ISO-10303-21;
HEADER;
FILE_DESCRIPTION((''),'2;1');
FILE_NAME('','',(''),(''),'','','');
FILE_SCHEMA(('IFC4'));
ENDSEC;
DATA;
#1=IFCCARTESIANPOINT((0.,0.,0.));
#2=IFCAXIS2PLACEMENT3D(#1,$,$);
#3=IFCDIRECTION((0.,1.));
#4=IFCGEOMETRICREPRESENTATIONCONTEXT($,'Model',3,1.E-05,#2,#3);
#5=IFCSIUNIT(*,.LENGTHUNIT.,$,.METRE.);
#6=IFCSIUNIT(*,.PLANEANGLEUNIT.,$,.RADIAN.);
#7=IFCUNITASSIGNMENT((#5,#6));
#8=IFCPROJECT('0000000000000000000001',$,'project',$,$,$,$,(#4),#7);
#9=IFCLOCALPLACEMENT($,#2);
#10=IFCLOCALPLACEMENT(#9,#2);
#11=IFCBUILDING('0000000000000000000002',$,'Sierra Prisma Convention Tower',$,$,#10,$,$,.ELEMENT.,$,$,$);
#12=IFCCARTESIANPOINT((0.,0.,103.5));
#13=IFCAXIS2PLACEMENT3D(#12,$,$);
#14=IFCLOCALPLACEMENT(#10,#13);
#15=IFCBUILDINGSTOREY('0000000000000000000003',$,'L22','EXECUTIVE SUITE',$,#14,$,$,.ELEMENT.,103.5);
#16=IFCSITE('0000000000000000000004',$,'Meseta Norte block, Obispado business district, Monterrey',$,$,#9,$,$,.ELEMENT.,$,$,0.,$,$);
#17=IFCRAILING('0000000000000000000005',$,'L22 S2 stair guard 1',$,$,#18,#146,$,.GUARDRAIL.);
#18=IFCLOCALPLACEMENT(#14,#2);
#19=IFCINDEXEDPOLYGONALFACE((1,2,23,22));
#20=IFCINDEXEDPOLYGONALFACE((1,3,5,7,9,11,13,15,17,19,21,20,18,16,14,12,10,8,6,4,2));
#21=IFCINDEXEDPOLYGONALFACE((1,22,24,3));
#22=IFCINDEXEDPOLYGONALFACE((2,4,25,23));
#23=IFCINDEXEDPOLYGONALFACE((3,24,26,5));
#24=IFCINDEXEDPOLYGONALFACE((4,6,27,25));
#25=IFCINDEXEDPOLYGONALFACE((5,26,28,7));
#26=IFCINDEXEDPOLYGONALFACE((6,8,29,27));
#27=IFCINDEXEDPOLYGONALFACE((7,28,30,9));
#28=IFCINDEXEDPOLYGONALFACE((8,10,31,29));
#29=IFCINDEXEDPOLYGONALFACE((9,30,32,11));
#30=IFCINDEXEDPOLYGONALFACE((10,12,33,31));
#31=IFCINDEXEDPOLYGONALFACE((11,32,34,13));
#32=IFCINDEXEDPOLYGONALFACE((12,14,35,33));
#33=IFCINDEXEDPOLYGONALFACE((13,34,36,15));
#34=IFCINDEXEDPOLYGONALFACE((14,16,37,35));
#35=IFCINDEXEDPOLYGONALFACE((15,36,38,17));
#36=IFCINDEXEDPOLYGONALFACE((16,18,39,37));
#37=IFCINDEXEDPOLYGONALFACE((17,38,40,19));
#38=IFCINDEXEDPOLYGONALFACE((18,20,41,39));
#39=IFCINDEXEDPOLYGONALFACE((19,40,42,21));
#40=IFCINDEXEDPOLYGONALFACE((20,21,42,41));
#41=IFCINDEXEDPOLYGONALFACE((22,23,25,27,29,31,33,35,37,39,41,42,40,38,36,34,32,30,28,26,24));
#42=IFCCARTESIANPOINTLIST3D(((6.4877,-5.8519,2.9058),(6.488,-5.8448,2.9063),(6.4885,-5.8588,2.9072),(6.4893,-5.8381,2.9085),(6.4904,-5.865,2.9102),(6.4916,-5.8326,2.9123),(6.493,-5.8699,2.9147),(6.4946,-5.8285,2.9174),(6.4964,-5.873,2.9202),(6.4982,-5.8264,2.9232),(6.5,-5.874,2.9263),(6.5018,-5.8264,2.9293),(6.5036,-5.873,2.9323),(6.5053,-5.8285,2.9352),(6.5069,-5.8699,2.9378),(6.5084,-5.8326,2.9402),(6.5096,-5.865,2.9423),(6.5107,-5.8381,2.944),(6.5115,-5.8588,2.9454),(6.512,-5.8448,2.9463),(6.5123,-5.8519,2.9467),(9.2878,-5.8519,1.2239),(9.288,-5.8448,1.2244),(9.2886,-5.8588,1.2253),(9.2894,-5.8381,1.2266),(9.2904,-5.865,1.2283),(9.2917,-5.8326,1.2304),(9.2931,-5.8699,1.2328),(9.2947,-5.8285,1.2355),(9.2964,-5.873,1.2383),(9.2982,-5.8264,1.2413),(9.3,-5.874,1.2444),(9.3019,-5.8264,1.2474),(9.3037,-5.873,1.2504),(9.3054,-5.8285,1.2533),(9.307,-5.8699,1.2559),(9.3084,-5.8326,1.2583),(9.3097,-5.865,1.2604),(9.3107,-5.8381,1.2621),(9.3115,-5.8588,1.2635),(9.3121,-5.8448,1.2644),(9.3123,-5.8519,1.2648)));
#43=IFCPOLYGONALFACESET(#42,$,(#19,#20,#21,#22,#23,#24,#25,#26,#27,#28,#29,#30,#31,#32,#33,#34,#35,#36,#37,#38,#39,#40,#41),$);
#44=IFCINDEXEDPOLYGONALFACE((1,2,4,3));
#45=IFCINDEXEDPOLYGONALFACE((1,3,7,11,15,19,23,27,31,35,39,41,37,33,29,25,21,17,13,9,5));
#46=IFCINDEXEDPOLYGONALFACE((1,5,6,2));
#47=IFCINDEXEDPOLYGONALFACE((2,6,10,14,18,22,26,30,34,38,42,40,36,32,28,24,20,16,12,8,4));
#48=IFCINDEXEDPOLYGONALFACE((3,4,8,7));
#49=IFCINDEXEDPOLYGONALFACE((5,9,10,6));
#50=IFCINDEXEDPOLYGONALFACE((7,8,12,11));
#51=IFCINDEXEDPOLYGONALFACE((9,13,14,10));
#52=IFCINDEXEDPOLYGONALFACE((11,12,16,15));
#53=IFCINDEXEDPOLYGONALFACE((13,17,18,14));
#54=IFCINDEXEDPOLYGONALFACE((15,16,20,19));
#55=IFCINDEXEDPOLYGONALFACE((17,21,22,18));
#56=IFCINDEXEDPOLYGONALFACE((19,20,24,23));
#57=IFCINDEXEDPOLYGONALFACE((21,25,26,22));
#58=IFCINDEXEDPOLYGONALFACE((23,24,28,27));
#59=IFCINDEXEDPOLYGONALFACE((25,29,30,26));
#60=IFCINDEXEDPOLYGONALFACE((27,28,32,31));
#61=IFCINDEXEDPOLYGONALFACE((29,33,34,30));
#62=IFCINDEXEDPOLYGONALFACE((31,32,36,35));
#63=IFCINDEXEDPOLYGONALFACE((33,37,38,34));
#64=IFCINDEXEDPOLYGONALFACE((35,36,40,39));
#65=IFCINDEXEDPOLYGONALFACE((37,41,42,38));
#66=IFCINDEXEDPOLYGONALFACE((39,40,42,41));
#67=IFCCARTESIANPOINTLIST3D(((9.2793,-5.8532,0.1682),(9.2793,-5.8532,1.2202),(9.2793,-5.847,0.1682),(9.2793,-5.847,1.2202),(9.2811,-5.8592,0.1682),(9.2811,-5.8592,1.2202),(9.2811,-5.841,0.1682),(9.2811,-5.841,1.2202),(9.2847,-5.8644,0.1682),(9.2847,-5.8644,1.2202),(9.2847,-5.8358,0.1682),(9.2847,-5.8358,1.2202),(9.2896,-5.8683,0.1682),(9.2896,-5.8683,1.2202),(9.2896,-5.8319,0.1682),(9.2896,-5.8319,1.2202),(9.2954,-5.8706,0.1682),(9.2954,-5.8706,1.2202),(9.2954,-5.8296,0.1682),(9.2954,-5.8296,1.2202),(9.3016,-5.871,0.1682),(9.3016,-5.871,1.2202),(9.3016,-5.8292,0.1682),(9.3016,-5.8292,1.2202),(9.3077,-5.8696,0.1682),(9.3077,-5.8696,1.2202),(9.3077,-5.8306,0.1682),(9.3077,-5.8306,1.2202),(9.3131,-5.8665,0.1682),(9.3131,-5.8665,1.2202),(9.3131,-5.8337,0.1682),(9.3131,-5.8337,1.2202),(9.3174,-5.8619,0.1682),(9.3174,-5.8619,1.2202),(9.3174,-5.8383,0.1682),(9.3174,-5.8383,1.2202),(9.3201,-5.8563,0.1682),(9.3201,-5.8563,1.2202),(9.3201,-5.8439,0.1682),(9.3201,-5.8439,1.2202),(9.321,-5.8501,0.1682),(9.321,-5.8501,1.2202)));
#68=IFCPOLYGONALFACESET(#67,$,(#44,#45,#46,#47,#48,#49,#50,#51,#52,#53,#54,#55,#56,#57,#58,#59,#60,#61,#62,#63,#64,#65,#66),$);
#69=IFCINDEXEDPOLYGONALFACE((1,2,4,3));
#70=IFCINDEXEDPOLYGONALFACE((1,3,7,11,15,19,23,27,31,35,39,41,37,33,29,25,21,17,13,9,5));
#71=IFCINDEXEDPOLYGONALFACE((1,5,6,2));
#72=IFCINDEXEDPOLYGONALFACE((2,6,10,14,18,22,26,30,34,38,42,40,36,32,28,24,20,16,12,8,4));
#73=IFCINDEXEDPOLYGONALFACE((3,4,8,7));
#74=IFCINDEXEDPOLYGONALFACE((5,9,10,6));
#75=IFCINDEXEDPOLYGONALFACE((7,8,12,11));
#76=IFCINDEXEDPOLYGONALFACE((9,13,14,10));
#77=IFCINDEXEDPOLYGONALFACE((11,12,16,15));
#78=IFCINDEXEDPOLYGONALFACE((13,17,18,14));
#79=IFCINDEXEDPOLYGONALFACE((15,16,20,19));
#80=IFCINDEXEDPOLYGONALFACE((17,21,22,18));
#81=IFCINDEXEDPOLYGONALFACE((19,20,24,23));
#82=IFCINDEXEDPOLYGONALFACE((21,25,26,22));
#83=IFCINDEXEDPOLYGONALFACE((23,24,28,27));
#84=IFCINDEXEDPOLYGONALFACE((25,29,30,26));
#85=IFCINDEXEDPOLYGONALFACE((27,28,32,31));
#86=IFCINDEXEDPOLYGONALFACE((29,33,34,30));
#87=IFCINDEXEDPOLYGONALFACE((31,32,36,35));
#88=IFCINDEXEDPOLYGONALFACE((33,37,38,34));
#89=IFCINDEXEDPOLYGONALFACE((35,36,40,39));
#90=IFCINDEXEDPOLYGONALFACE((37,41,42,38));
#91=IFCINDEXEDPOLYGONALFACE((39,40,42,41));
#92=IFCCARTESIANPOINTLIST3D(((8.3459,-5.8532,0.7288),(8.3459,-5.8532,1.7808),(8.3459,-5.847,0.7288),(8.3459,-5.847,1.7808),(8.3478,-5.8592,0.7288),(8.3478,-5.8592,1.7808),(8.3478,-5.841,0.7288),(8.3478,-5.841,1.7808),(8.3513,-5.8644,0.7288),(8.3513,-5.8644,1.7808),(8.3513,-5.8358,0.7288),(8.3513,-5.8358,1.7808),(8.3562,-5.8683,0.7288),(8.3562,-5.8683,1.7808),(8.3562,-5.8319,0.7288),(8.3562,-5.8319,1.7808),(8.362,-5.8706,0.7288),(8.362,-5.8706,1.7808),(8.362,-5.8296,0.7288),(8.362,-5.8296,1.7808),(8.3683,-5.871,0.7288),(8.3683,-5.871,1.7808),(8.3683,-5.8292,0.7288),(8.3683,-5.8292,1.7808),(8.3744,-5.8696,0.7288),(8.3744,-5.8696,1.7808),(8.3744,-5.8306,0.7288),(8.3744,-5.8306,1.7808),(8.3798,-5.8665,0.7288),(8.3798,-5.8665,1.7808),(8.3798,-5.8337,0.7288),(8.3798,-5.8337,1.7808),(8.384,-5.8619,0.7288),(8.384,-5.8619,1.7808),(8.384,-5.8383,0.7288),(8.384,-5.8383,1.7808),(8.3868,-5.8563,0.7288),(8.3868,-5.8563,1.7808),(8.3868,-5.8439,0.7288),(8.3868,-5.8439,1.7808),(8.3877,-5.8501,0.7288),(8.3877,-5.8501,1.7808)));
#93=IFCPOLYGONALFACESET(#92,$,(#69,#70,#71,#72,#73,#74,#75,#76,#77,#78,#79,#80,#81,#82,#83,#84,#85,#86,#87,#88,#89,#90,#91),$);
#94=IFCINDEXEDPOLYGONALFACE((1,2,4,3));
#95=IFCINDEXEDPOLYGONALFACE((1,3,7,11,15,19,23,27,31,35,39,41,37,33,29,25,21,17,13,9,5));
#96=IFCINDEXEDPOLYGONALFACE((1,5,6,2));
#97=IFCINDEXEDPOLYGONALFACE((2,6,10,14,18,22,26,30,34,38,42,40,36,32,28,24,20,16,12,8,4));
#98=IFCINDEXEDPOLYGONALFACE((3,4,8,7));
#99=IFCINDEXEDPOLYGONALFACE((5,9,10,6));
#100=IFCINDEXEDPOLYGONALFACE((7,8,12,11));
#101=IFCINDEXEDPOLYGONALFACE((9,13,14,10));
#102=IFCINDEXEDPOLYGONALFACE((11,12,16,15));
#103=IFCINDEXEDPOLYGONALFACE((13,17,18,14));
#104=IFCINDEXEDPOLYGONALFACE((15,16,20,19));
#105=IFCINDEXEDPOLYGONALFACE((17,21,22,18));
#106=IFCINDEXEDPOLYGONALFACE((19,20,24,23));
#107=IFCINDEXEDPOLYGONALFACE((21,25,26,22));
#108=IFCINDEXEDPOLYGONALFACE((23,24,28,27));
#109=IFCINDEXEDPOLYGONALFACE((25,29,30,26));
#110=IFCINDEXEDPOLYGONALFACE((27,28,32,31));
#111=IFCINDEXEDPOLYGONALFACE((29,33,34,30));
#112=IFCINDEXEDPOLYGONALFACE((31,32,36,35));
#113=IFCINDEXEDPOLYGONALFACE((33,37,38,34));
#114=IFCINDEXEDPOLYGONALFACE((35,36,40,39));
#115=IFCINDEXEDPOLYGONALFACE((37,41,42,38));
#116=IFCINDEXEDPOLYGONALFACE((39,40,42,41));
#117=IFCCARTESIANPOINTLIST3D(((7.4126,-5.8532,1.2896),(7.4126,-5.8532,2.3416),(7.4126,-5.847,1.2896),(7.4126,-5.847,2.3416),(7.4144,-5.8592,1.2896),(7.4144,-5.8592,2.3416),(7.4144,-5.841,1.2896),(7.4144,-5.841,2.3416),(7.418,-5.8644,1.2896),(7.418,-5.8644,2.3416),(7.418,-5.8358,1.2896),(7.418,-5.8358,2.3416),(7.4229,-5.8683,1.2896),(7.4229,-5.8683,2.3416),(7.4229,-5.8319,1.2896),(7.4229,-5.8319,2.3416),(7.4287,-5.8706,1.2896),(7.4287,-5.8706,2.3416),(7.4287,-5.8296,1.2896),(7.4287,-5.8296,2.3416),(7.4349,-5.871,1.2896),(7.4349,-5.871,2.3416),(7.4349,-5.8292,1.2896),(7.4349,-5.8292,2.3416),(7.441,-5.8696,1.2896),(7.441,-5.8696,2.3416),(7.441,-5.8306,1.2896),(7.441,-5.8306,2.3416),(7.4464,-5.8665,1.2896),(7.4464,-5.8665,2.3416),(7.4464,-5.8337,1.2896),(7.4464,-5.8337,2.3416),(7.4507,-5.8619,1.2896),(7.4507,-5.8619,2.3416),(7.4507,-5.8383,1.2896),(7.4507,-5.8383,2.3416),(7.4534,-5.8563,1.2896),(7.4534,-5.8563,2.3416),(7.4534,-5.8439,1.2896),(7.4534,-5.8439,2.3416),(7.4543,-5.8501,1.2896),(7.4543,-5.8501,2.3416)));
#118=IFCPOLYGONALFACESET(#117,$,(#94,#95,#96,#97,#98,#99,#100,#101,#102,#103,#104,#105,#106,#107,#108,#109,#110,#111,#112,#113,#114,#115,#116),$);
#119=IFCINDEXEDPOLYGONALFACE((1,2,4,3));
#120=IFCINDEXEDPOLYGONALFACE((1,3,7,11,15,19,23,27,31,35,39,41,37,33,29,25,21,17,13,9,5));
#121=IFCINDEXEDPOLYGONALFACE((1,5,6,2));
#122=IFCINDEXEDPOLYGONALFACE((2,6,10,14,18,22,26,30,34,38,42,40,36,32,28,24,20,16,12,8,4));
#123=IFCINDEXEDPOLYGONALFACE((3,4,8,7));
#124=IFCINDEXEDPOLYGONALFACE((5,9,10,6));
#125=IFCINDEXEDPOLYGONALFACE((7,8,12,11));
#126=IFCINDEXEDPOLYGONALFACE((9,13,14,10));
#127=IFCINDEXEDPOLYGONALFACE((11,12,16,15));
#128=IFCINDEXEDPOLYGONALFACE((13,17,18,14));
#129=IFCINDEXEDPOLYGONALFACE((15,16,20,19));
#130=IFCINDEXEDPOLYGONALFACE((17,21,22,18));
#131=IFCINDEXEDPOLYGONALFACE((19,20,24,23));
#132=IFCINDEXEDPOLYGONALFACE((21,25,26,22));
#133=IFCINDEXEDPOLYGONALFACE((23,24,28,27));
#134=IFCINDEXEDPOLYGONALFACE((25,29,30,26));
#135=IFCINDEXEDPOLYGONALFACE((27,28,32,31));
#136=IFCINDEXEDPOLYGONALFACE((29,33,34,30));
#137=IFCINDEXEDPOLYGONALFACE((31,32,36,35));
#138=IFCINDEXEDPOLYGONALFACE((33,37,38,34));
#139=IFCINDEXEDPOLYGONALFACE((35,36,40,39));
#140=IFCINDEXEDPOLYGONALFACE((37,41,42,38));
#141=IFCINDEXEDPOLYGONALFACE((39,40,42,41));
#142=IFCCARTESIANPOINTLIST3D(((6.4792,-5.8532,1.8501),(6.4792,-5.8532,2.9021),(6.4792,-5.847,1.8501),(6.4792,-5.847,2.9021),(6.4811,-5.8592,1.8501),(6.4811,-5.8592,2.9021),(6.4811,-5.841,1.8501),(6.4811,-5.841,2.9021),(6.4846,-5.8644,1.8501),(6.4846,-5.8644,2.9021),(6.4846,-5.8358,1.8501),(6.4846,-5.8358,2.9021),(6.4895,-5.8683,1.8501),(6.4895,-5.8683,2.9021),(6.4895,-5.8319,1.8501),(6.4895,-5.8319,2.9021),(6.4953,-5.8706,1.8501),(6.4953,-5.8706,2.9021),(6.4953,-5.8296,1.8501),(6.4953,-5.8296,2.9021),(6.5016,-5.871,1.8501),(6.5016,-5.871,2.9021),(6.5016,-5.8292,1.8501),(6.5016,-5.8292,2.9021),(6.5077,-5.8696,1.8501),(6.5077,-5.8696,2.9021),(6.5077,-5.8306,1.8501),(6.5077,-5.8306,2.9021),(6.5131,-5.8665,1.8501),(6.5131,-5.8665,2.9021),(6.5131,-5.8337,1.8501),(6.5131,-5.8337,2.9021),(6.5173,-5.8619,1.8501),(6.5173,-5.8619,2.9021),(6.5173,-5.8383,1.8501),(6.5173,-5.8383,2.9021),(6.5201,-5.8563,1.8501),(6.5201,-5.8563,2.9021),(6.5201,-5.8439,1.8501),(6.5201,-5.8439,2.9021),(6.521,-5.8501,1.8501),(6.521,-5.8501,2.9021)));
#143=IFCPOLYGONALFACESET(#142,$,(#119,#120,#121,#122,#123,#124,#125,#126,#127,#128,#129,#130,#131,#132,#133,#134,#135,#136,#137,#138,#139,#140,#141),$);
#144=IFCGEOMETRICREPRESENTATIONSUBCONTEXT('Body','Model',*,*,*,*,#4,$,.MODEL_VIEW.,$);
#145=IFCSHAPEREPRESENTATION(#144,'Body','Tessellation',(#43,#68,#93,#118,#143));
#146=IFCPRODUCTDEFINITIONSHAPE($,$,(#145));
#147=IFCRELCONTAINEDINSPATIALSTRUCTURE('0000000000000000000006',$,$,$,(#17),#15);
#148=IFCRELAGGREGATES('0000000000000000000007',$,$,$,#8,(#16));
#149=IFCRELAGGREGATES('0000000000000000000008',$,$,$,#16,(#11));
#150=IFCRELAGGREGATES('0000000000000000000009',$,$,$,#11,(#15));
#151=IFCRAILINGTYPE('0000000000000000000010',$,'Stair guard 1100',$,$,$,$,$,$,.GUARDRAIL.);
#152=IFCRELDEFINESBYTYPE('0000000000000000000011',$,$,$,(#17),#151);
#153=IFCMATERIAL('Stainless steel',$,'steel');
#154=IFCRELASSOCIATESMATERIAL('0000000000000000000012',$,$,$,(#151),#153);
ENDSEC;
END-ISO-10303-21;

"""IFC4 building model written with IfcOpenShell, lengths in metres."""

from ifc_helpers import new_model, si_unit, direction, frame, origin, origin_2d, place, context, subcontext, project, spatial, circle, extrude, material, type_object, element, save


model = new_model("IFC4")

# Units and contexts
model_context = context("Model", 3, precision=1e-05, world=origin(), true_north=direction((0.0, 1.0)))
body_context = subcontext(model_context, "Body", "Model", "MODEL_VIEW")
ifc_project = project(units=[si_unit("LENGTHUNIT", "METRE"), si_unit("PLANEANGLEUNIT", "RADIAN")], contexts=[model_context])

# Site, building, storey
site_placement = place(None, origin())
site = spatial("IfcSite", under=ifc_project, at=site_placement, Name="Meseta Norte block, Obispado business district, Monterrey", CompositionType="ELEMENT", RefElevation=0.0)
building_placement = place(site_placement, origin())
building = spatial("IfcBuilding", under=site, at=building_placement, Name="Sierra Prisma Convention Tower", CompositionType="ELEMENT")
storey_placement = place(building_placement, frame((0.0, 0.0, 103.5)))
storey = spatial("IfcBuildingStorey", under=building, at=storey_placement, Name="L22", Description="EXECUTIVE SUITE", CompositionType="ELEMENT", Elevation=103.5)

# Railing
ifc_material_1 = material(Name="Stainless steel", Category="steel")
railing_type_1 = type_object("IfcRailingType", Name="Stair guard 1100", PredefinedType="GUARDRAIL", material=ifc_material_1)
railing_1_placement = place(storey_placement, frame((9.3, -5.8501, 0.1682)))
element("IfcRailing", 1, at=railing_1_placement, inside=storey, type_object=railing_type_1, Name="L22 S2 stair guard 1", PredefinedType="GUARDRAIL", context=body_context, shape_type="SweptSolid", body=[
    extrude(circle(Radius=0.0239, at=origin_2d()), frame((0.0, 0.0, 1.0762), z_axis=(-0.857242, 0.0, 0.514913), x_axis=(0.0, -1.0, 0.0)), (0.0, 0.0, 1.0), 3.2664),
    extrude(circle(Radius=0.021, at=origin_2d()), origin(), (0.0, 0.0, 1.0), 1.052),
    extrude(circle(Radius=0.021, at=origin_2d()), frame((-0.9333, 0.0, 0.5605)), (0.0, 0.0, 1.0), 1.052),
    extrude(circle(Radius=0.021, at=origin_2d()), frame((-1.8667, 0.0, 1.1213)), (0.0, 0.0, 1.0), 1.052),
    extrude(circle(Radius=0.021, at=origin_2d()), frame((-2.8, 0.0, 1.6819)), (0.0, 0.0, 1.0), 1.052),
])

save(model, "model.ifc")
